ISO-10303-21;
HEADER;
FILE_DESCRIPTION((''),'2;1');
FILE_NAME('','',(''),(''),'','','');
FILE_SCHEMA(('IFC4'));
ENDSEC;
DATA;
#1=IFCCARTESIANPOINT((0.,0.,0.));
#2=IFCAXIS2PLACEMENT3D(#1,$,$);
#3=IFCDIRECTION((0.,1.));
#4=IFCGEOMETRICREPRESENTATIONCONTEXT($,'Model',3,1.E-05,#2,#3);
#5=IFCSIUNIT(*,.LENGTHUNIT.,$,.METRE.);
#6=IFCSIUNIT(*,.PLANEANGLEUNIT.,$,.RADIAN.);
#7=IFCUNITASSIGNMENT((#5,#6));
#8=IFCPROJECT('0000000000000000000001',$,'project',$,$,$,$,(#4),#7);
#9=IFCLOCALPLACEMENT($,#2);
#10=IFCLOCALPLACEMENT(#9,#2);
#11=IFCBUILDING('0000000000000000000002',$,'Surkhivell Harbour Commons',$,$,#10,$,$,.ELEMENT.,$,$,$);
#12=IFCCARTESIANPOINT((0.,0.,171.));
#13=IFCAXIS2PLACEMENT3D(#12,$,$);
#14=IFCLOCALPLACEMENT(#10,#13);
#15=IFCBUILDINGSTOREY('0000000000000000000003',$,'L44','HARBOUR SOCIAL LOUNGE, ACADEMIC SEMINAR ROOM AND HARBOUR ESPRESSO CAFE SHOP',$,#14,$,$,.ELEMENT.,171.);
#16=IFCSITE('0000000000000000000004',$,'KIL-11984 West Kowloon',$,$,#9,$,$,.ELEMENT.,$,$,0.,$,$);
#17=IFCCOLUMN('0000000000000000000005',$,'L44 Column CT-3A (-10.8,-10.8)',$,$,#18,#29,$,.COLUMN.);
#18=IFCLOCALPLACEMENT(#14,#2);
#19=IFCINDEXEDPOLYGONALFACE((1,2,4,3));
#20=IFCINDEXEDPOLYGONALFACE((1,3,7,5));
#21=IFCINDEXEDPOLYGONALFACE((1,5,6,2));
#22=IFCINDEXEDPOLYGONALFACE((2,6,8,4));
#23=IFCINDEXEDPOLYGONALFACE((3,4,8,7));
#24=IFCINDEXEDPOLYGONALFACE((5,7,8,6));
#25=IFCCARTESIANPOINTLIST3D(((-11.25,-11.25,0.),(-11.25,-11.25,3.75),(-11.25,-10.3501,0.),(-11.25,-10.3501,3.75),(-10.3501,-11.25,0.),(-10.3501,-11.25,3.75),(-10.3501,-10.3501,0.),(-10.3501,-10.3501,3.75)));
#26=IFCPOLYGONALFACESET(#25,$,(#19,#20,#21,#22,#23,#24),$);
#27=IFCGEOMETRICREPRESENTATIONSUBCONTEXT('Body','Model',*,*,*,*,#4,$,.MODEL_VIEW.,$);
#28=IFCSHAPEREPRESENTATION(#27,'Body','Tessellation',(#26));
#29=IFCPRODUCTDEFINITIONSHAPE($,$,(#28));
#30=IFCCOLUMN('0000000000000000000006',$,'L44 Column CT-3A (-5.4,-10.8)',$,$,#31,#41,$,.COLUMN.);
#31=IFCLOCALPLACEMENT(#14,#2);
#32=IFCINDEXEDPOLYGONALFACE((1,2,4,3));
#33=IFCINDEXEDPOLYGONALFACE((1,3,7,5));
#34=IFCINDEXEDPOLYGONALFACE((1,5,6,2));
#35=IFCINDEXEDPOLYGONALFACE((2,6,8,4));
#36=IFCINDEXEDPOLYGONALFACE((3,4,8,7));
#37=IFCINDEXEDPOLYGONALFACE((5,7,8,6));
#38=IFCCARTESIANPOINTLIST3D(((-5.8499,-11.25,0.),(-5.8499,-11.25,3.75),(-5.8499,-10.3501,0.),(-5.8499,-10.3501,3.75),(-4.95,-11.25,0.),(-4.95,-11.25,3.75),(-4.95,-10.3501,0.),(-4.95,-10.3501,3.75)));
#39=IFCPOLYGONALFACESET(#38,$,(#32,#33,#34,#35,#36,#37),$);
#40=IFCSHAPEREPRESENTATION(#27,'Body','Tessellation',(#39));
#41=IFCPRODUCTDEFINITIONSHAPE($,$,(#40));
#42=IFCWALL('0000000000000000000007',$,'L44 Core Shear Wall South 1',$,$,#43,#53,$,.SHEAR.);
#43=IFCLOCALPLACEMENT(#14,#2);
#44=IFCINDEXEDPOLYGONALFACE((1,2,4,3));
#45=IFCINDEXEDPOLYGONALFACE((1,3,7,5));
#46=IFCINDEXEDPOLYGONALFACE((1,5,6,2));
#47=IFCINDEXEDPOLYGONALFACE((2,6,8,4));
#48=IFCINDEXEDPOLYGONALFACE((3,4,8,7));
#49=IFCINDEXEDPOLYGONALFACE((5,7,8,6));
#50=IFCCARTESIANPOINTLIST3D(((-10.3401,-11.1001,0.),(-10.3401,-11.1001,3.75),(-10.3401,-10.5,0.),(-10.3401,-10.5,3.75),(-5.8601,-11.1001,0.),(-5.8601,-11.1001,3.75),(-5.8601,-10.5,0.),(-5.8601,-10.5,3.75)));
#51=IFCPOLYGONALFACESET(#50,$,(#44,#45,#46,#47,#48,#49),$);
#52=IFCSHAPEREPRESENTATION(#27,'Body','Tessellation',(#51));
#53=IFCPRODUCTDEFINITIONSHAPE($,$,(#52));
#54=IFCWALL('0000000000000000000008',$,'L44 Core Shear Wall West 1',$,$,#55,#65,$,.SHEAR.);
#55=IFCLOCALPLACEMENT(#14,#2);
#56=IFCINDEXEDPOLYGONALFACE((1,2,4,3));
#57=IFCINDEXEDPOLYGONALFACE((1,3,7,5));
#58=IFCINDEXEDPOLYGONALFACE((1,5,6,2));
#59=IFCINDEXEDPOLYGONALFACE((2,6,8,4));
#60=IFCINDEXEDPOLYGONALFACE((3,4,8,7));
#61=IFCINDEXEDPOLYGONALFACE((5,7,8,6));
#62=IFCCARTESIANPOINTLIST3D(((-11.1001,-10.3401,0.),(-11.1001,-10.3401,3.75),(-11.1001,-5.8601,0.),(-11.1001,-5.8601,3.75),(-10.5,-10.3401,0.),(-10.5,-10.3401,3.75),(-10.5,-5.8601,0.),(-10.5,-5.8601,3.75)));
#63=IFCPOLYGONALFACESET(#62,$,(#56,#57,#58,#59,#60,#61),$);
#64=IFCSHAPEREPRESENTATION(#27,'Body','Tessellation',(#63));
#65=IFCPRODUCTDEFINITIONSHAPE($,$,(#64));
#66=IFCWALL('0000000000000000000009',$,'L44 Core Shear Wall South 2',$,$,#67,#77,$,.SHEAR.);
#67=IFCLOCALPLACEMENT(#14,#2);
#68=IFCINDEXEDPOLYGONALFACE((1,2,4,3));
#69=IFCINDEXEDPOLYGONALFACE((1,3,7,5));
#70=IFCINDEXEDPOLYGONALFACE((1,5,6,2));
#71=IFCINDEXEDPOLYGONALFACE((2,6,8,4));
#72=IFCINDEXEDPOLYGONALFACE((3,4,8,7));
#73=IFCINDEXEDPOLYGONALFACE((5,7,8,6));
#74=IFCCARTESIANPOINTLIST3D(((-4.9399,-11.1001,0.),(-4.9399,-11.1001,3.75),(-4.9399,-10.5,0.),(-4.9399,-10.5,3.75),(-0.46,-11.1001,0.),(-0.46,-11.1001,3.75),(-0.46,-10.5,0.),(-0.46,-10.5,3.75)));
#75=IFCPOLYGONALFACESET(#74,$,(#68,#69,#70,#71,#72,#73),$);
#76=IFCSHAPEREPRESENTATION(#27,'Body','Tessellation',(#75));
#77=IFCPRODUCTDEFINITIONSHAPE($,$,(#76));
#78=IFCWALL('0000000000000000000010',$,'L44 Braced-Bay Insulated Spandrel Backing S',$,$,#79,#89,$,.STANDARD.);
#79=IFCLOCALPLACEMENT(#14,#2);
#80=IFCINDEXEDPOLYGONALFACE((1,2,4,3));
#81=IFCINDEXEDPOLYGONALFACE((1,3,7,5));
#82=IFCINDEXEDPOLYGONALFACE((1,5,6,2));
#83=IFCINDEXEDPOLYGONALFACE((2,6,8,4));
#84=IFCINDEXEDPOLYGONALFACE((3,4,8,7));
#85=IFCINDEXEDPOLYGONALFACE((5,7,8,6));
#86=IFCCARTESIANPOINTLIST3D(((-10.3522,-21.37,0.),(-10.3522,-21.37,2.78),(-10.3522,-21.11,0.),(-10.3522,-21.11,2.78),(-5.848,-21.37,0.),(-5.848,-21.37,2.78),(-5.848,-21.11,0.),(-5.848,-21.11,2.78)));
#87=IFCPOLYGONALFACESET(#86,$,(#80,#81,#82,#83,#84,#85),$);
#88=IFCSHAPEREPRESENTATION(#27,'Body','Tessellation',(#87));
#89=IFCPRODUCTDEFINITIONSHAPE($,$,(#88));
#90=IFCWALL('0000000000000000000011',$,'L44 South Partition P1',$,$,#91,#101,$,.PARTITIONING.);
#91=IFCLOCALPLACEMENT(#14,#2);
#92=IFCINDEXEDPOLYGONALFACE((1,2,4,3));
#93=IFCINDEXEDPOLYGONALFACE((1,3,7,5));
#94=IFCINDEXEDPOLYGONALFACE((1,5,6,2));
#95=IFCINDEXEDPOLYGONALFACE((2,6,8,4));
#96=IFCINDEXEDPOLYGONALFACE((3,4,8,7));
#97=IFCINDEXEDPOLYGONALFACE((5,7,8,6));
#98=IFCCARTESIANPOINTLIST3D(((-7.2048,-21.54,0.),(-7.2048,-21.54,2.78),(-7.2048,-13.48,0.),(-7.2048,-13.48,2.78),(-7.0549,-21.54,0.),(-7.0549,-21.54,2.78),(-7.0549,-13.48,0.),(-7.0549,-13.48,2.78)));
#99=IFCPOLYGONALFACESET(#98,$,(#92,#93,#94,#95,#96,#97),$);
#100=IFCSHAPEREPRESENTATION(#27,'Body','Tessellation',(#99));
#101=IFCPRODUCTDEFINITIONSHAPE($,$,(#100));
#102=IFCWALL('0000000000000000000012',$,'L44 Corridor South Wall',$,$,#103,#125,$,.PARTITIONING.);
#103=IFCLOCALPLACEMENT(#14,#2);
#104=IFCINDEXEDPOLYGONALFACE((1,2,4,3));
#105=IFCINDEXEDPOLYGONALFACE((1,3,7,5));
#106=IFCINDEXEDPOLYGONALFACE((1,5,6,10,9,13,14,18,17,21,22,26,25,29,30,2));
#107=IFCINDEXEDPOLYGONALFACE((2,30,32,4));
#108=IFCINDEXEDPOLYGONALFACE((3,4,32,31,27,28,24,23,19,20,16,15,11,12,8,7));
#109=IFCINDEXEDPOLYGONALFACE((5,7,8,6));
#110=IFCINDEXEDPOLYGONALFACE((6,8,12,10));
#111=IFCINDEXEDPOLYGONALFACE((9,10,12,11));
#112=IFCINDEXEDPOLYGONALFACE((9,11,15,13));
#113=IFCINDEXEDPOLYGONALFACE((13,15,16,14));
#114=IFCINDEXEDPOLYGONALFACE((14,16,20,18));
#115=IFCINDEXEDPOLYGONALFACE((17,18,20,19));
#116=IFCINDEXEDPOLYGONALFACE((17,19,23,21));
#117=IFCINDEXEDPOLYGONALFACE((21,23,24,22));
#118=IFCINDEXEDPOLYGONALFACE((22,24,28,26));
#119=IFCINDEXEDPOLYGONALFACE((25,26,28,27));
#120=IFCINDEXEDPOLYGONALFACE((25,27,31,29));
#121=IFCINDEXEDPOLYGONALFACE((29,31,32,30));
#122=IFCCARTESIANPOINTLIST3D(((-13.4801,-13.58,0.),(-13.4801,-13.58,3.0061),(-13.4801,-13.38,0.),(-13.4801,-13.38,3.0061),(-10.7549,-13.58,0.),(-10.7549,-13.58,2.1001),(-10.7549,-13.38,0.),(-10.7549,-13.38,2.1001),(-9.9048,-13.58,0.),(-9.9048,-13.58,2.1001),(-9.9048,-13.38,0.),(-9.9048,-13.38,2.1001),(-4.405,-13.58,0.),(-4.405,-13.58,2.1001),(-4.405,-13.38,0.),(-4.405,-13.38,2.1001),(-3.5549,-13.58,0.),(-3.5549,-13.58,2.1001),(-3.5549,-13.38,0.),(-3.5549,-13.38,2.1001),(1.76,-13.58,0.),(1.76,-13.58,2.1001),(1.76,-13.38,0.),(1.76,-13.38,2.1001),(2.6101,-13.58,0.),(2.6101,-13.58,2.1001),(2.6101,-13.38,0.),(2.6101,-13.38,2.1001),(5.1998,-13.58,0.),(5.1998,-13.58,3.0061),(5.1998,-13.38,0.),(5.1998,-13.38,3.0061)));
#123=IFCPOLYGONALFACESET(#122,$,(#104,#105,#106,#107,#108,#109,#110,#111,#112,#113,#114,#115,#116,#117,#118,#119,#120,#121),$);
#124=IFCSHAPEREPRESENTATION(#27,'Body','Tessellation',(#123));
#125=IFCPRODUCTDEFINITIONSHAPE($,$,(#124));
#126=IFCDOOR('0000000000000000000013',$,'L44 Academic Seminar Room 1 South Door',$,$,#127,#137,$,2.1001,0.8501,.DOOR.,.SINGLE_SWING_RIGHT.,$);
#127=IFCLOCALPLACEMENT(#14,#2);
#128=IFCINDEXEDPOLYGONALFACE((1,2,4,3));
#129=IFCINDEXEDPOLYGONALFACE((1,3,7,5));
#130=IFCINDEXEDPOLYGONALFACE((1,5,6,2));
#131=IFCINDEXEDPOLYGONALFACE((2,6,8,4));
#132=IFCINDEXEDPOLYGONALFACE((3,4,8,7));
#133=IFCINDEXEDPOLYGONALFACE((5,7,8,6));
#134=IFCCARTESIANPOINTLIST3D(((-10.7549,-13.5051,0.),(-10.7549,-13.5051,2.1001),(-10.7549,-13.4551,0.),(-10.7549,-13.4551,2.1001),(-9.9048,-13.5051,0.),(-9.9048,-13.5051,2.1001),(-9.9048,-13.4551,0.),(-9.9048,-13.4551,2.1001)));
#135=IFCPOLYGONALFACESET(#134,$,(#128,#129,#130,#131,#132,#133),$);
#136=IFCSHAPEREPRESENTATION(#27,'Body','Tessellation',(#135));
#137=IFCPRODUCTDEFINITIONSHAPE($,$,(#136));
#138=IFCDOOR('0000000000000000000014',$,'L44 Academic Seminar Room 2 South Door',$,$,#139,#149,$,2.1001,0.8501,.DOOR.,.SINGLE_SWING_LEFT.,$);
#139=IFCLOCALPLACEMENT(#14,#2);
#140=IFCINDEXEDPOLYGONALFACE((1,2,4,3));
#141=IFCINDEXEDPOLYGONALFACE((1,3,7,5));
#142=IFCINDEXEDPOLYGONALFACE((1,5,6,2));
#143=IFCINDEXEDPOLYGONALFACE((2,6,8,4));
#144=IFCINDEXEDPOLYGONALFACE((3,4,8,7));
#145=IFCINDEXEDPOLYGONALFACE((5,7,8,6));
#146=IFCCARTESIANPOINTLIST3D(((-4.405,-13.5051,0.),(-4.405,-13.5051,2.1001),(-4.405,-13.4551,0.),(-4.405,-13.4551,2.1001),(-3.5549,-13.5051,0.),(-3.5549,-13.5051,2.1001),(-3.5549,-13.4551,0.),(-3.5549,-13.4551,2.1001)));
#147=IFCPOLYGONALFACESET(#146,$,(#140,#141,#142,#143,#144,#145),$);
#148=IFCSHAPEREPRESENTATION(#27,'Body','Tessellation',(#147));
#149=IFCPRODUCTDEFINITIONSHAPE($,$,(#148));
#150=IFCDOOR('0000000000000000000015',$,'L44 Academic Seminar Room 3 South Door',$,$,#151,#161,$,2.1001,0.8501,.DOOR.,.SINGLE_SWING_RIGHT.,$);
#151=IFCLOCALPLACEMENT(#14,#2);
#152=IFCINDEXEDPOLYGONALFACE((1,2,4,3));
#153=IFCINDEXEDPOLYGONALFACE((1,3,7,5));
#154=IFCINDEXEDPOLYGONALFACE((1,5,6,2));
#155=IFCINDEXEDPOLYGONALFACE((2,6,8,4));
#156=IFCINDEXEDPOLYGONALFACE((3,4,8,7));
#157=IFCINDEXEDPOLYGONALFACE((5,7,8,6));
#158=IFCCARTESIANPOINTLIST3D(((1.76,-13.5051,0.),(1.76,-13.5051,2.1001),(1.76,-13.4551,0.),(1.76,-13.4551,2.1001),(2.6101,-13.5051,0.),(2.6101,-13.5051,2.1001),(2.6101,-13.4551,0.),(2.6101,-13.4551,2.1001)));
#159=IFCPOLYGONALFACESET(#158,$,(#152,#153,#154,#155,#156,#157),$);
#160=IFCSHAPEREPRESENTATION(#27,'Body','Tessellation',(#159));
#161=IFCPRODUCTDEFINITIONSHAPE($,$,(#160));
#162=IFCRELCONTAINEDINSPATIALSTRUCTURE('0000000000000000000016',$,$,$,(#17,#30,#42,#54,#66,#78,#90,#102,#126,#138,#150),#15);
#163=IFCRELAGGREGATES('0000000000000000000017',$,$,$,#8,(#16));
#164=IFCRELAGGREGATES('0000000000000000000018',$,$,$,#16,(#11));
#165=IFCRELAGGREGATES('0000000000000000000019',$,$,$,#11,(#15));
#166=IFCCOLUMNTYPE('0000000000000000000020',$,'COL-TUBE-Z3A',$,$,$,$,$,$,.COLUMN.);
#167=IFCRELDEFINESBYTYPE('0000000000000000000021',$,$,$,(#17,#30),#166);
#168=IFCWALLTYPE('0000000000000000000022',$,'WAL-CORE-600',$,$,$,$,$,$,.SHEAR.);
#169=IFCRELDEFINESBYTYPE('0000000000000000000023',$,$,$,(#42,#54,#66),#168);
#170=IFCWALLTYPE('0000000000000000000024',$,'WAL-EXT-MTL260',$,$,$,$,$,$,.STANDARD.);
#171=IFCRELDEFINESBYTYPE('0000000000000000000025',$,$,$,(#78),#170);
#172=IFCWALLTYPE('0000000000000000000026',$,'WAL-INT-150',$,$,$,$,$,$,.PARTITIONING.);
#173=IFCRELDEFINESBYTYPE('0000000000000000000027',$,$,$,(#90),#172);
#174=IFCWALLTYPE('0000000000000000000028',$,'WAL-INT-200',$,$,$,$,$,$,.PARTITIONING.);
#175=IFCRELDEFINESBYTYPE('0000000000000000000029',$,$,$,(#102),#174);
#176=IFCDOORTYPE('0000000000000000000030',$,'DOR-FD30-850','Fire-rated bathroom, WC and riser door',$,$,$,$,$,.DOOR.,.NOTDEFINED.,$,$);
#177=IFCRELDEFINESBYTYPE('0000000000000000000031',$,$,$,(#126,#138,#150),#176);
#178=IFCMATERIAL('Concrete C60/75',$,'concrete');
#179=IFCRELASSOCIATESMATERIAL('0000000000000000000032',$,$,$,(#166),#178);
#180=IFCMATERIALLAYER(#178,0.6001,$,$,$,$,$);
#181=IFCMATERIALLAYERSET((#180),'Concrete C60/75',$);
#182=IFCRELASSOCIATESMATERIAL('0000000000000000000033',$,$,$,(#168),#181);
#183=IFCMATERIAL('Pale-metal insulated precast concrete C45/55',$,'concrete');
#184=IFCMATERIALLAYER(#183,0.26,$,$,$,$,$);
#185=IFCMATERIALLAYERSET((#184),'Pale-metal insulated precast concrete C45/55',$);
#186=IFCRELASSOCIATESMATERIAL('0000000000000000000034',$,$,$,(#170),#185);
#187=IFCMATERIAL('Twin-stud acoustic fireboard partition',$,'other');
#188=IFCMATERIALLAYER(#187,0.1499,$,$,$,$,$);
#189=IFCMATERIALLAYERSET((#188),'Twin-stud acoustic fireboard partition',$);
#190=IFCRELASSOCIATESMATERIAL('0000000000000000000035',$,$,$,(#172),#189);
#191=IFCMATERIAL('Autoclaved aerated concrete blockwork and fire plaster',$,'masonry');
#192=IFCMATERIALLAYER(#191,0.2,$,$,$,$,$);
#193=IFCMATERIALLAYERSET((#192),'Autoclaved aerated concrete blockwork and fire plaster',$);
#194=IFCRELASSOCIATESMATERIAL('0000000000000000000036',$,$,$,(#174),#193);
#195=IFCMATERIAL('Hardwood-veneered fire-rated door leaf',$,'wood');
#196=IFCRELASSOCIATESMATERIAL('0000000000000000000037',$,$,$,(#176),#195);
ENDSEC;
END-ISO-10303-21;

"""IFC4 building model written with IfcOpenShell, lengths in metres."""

from ifc_helpers import new_model, si_unit, direction, frame, frame_2d, origin, origin_2d, place, context, subcontext, project, spatial, rectangle, extrude, material, layer, layer_set, material_profile, profile_set, type_object, element, fill, save


model = new_model("IFC4")

# Units and contexts
model_context = context("Model", 3, precision=1e-05, world=origin(), true_north=direction((0.0, 1.0)))
body_context = subcontext(model_context, "Body", "Model", "MODEL_VIEW")
ifc_project = project(units=[si_unit("LENGTHUNIT", "METRE"), si_unit("PLANEANGLEUNIT", "RADIAN")], contexts=[model_context])

# Site, building, storey
site_placement = place(None, origin())
site = spatial("IfcSite", under=ifc_project, at=site_placement, Name="KIL-11984 West Kowloon", CompositionType="ELEMENT", RefElevation=0.0)
building_placement = place(site_placement, origin())
building = spatial("IfcBuilding", under=site, at=building_placement, Name="Surkhivell Harbour Commons", CompositionType="ELEMENT")
storey_placement = place(building_placement, frame((0.0, 0.0, 171.0)))
storey = spatial("IfcBuildingStorey", under=building, at=storey_placement, Name="L44", Description="HARBOUR SOCIAL LOUNGE, ACADEMIC SEMINAR ROOM AND HARBOUR ESPRESSO CAFE SHOP", CompositionType="ELEMENT", Elevation=171.0)

# Columns
ifc_material_1 = material(Name="Concrete C60/75", Category="concrete")
ifc_material_profile = material_profile(ifc_material_1, rectangle(XDim=0.8999, YDim=0.8999, at=origin_2d()), Name="RC-COL-900x900")
ifc_profile_set = profile_set([ifc_material_profile], Name="Concrete C60/75")
column_type = type_object("IfcColumnType", Name="COL-TUBE-Z3A", PredefinedType="COLUMN", material=ifc_profile_set)
for number, where, z_axis, x_axis, name in (
    (1, (-10.8, -10.8, 0.0), (0.0, 0.0, 1.0), (1.0, 0.0, 0.0), "L44 Column CT-3A (-10.8,-10.8)"),
    (2, (-5.3999, -10.8, 0.0), (0.0, 0.0, 1.0), (1.0, 0.0, 0.0), "L44 Column CT-3A (-5.4,-10.8)"),
):
    element("IfcColumn", number, at=place(storey_placement, frame(where, z_axis=z_axis, x_axis=x_axis)), inside=storey, type_object=column_type, Name=name, PredefinedType="COLUMN", context=body_context, shape_type="SweptSolid", body=[
        extrude(rectangle(XDim=0.8999, YDim=0.8999, at=origin_2d()), origin(), (0.0, 0.0, 1.0), 3.75),
    ])

# Walls
ifc_layer_1 = layer(ifc_material_1, 0.6001)
ifc_layer_set_1 = layer_set([ifc_layer_1], Name="Concrete C60/75")
wall_type_1 = type_object("IfcWallType", Name="WAL-CORE-600", PredefinedType="SHEAR", material=ifc_layer_set_1)
for number, where, z_axis, x_axis, name in (
    (3, (-10.3401, -10.8, 0.0), (0.0, 0.0, 1.0), (1.0, 0.0, 0.0), "L44 Core Shear Wall South 1"),
    (4, (-10.8, -10.3401, 0.0), (0.0, 0.0, 1.0), (0.0, 1.0, 0.0), "L44 Core Shear Wall West 1"),
    (5, (-4.9399, -10.8, 0.0), (0.0, 0.0, 1.0), (1.0, 0.0, 0.0), "L44 Core Shear Wall South 2"),
):
    element("IfcWall", number, at=place(storey_placement, frame(where, z_axis=z_axis, x_axis=x_axis)), inside=storey, type_object=wall_type_1, Name=name, PredefinedType="SHEAR", context=body_context, shape_type="SweptSolid", body=[
        extrude(rectangle(XDim=4.48, YDim=0.6001, at=frame_2d((2.24, 0.0))), origin(), (0.0, 0.0, 1.0), 3.75),
    ])
ifc_material_2 = material(Name="Pale-metal insulated precast concrete C45/55", Category="concrete")
ifc_layer_2 = layer(ifc_material_2, 0.26)
ifc_layer_set_2 = layer_set([ifc_layer_2], Name="Pale-metal insulated precast concrete C45/55")
wall_type_2 = type_object("IfcWallType", Name="WAL-EXT-MTL260", PredefinedType="STANDARD", material=ifc_layer_set_2)
wall_1_placement = place(storey_placement, frame((-10.3521, -21.24, 0.0), z_axis=(0.0, 0.0, 1.0), x_axis=(1.0, 0.0, 0.0)))
element("IfcWall", 6, at=wall_1_placement, inside=storey, type_object=wall_type_2, Name="L44 Braced-Bay Insulated Spandrel Backing S", PredefinedType="STANDARD", context=body_context, shape_type="SweptSolid", body=[
    extrude(rectangle(XDim=4.5042, YDim=0.26, at=frame_2d((2.252, 0.0))), origin(), (0.0, 0.0, 1.0), 2.78),
])
ifc_material_3 = material(Name="Twin-stud acoustic fireboard partition", Category="other")
ifc_layer_3 = layer(ifc_material_3, 0.1499)
ifc_layer_set_3 = layer_set([ifc_layer_3], Name="Twin-stud acoustic fireboard partition")
wall_type_3 = type_object("IfcWallType", Name="WAL-INT-150", PredefinedType="PARTITIONING", material=ifc_layer_set_3)
wall_2_placement = place(storey_placement, frame((-7.1299, -21.54, 0.0), z_axis=(0.0, 0.0, 1.0), x_axis=(0.0, 1.0, 0.0)))
element("IfcWall", 7, at=wall_2_placement, inside=storey, type_object=wall_type_3, Name="L44 South Partition P1", PredefinedType="PARTITIONING", context=body_context, shape_type="SweptSolid", body=[
    extrude(rectangle(XDim=8.0601, YDim=0.1499, at=frame_2d((4.03, 0.0))), origin(), (0.0, 0.0, 1.0), 2.78),
])

# Wall, openings, doors
ifc_material_4 = material(Name="Autoclaved aerated concrete blockwork and fire plaster", Category="masonry")
ifc_layer_4 = layer(ifc_material_4, 0.2)
ifc_layer_set_4 = layer_set([ifc_layer_4], Name="Autoclaved aerated concrete blockwork and fire plaster")
wall_type_4 = type_object("IfcWallType", Name="WAL-INT-200", PredefinedType="PARTITIONING", material=ifc_layer_set_4)
wall_3_placement = place(storey_placement, frame((-13.48, -13.48, 0.0), z_axis=(0.0, 0.0, 1.0), x_axis=(1.0, 0.0, 0.0)))
wall_3 = element("IfcWall", 8, at=wall_3_placement, inside=storey, type_object=wall_type_4, Name="L44 Corridor South Wall", PredefinedType="PARTITIONING", context=body_context, shape_type="SweptSolid", body=[
    extrude(rectangle(XDim=18.6799, YDim=0.2, at=frame_2d((9.3398, 0.0))), origin(), (0.0, 0.0, 1.0), 3.0061),
])
opening_1_placement = place(wall_3_placement, frame((2.7251, 0.0, 0.0)))
opening_1 = element("IfcOpeningElement", 9, at=opening_1_placement, cuts=wall_3, PredefinedType="OPENING", context=body_context, shape_type="SweptSolid", body=[
    extrude(rectangle(XDim=0.8501, YDim=2.1001, at=frame_2d((0.425, 1.05))), frame((0.0, 0.1099, 0.0), z_axis=(0.0, -1.0, 0.0), x_axis=(1.0, 0.0, 0.0)), (0.0, 0.0, 1.0), 0.22),
])
opening_2_placement = place(wall_3_placement, frame((9.075, 0.0, 0.0)))
opening_2 = element("IfcOpeningElement", 10, at=opening_2_placement, cuts=wall_3, PredefinedType="OPENING", context=body_context, shape_type="SweptSolid", body=[
    extrude(rectangle(XDim=0.8501, YDim=2.1001, at=frame_2d((0.425, 1.05))), frame((0.0, 0.1099, 0.0), z_axis=(0.0, -1.0, 0.0), x_axis=(1.0, 0.0, 0.0)), (0.0, 0.0, 1.0), 0.22),
])
opening_3_placement = place(wall_3_placement, frame((15.24, 0.0, 0.0)))
opening_3 = element("IfcOpeningElement", 11, at=opening_3_placement, cuts=wall_3, PredefinedType="OPENING", context=body_context, shape_type="SweptSolid", body=[
    extrude(rectangle(XDim=0.8501, YDim=2.1001, at=frame_2d((0.425, 1.05))), frame((0.0, 0.1099, 0.0), z_axis=(0.0, -1.0, 0.0), x_axis=(1.0, 0.0, 0.0)), (0.0, 0.0, 1.0), 0.22),
])
ifc_material_5 = material(Name="Hardwood-veneered fire-rated door leaf", Category="wood")
door_type = type_object("IfcDoorType", Name="DOR-FD30-850", Description="Fire-rated bathroom, WC and riser door", OperationType="NOTDEFINED", PredefinedType="DOOR", material=ifc_material_5)
door_1_placement = place(opening_1_placement, origin())
door_1 = element("IfcDoor", 12, at=door_1_placement, inside=storey, type_object=door_type, Name="L44 Academic Seminar Room 1 South Door", OperationType="SINGLE_SWING_RIGHT", OverallHeight=2.1001, OverallWidth=0.8501, PredefinedType="DOOR", context=body_context, shape_type="SweptSolid", body=[
    extrude(rectangle(XDim=0.8501, YDim=2.1001, at=frame_2d((0.425, 1.05))), frame((0.0, 0.0249, 0.0), z_axis=(0.0, -1.0, 0.0), x_axis=(1.0, 0.0, 0.0)), (0.0, 0.0, 1.0), 0.05),
])
fill(opening_1, door_1)
door_2_placement = place(opening_2_placement, origin())
door_2 = element("IfcDoor", 13, at=door_2_placement, inside=storey, type_object=door_type, Name="L44 Academic Seminar Room 2 South Door", OperationType="SINGLE_SWING_LEFT", OverallHeight=2.1001, OverallWidth=0.8501, PredefinedType="DOOR", context=body_context, shape_type="SweptSolid", body=[
    extrude(rectangle(XDim=0.8501, YDim=2.1001, at=frame_2d((0.425, 1.05))), frame((0.0, 0.0249, 0.0), z_axis=(0.0, -1.0, 0.0), x_axis=(1.0, 0.0, 0.0)), (0.0, 0.0, 1.0), 0.05),
])
fill(opening_2, door_2)
door_3_placement = place(opening_3_placement, origin())
door_3 = element("IfcDoor", 14, at=door_3_placement, inside=storey, type_object=door_type, Name="L44 Academic Seminar Room 3 South Door", OperationType="SINGLE_SWING_RIGHT", OverallHeight=2.1001, OverallWidth=0.8501, PredefinedType="DOOR", context=body_context, shape_type="SweptSolid", body=[
    extrude(rectangle(XDim=0.8501, YDim=2.1001, at=frame_2d((0.425, 1.05))), frame((0.0, 0.0249, 0.0), z_axis=(0.0, -1.0, 0.0), x_axis=(1.0, 0.0, 0.0)), (0.0, 0.0, 1.0), 0.05),
])
fill(opening_3, door_3)

save(model, "model.ifc")
